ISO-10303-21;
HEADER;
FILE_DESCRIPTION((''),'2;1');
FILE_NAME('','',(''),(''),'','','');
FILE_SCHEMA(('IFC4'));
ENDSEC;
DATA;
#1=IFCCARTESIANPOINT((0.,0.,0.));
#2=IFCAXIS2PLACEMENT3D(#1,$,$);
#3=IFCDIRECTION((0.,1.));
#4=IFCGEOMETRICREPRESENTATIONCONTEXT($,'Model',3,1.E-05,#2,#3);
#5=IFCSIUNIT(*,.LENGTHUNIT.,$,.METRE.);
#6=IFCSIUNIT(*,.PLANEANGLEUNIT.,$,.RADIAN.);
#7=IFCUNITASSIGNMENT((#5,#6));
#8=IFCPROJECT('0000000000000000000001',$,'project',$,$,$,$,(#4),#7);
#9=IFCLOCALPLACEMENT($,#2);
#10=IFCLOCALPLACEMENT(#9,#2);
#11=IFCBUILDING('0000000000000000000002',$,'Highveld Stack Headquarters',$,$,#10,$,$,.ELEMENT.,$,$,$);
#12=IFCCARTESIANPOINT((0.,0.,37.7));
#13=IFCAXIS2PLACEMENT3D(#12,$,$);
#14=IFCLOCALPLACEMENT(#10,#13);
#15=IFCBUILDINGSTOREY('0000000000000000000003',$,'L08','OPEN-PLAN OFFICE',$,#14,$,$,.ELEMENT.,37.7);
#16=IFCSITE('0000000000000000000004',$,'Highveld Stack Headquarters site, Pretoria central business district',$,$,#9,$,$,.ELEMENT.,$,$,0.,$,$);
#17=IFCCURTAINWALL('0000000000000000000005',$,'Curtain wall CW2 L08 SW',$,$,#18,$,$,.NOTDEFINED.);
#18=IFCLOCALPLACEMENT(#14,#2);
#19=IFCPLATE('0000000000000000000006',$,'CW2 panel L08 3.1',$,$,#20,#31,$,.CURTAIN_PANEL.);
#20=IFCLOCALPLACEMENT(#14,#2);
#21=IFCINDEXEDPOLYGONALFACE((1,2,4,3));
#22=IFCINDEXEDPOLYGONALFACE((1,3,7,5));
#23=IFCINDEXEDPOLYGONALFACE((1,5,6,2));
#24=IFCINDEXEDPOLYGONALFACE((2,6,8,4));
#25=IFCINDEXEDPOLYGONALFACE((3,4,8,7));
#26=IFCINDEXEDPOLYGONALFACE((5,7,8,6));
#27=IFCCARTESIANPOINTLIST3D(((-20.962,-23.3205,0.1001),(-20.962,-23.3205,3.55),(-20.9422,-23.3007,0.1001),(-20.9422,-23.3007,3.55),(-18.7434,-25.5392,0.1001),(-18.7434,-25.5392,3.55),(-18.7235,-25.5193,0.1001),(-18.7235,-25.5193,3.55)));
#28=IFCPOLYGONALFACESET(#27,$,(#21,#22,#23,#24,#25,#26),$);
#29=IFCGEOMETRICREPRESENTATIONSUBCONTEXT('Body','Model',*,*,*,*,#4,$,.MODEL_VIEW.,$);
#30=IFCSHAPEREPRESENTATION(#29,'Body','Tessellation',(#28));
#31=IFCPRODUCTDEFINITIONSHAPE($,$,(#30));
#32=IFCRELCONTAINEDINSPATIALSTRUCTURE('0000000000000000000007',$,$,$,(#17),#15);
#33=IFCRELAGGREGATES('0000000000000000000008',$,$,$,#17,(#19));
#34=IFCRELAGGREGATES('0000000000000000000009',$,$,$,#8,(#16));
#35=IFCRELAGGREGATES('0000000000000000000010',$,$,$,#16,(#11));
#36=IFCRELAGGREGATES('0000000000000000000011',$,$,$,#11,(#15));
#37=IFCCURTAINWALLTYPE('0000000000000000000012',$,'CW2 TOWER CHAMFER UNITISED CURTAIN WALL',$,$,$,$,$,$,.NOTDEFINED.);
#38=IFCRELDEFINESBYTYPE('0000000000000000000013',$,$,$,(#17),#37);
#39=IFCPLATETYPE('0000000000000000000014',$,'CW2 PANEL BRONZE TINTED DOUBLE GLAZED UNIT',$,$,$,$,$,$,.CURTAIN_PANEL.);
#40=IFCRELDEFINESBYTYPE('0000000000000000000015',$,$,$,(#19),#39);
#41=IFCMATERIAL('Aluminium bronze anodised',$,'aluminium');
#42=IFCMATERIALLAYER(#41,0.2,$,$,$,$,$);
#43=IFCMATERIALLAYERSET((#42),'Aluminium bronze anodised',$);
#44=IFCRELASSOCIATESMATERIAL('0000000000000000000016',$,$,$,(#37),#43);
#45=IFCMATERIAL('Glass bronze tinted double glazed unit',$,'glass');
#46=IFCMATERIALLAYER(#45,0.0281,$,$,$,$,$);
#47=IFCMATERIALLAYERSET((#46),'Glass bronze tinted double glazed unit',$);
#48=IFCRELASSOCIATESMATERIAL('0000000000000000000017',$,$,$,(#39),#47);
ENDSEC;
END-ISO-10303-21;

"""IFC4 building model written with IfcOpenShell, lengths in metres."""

from ifc_helpers import new_model, si_unit, direction, frame, origin, origin_2d, place, context, subcontext, project, spatial, rectangle, extrude, material, layer, layer_set, type_object, element, aggregate, save


model = new_model("IFC4")

# Units and contexts
model_context = context("Model", 3, precision=1e-05, world=origin(), true_north=direction((0.0, 1.0)))
body_context = subcontext(model_context, "Body", "Model", "MODEL_VIEW")
ifc_project = project(units=[si_unit("LENGTHUNIT", "METRE"), si_unit("PLANEANGLEUNIT", "RADIAN")], contexts=[model_context])

# Site, building, storey
site_placement = place(None, origin())
site = spatial("IfcSite", under=ifc_project, at=site_placement, Name="Highveld Stack Headquarters site, Pretoria central business district", CompositionType="ELEMENT", RefElevation=0.0)
building_placement = place(site_placement, origin())
building = spatial("IfcBuilding", under=site, at=building_placement, Name="Highveld Stack Headquarters", CompositionType="ELEMENT")
storey_placement = place(building_placement, frame((0.0, 0.0, 37.7)))
storey = spatial("IfcBuildingStorey", under=building, at=storey_placement, Name="L08", Description="OPEN-PLAN OFFICE", CompositionType="ELEMENT", Elevation=37.7)

# Curtain wall
ifc_material_1 = material(Name="Aluminium bronze anodised", Category="aluminium")
ifc_layer_1 = layer(ifc_material_1, 0.2)
ifc_layer_set_1 = layer_set([ifc_layer_1], Name="Aluminium bronze anodised")
curtain_wall_type_1 = type_object("IfcCurtainWallType", Name="CW2 TOWER CHAMFER UNITISED CURTAIN WALL", PredefinedType="NOTDEFINED", material=ifc_layer_set_1)
curtain_wall_1_placement = place(storey_placement, origin())
curtain_wall_1 = element("IfcCurtainWall", 1, at=curtain_wall_1_placement, inside=storey, type_object=curtain_wall_type_1, Name="Curtain wall CW2 L08 SW", PredefinedType="NOTDEFINED")

# Plate
ifc_material_2 = material(Name="Glass bronze tinted double glazed unit", Category="glass")
ifc_layer_2 = layer(ifc_material_2, 0.0281)
ifc_layer_set_2 = layer_set([ifc_layer_2], Name="Glass bronze tinted double glazed unit")
plate_type_1 = type_object("IfcPlateType", Name="CW2 PANEL BRONZE TINTED DOUBLE GLAZED UNIT", PredefinedType="CURTAIN_PANEL", material=ifc_layer_set_2)
plate_1_placement = place(storey_placement, frame((-19.8428, -24.4199, 0.1001), z_axis=(0.0, 0.0, 1.0), x_axis=(0.707107, -0.707107, 0.0)))
plate_1 = element("IfcPlate", 2, at=plate_1_placement, type_object=plate_type_1, Name="CW2 panel L08 3.1", PredefinedType="CURTAIN_PANEL", context=body_context, shape_type="SweptSolid", body=[
    extrude(rectangle(XDim=3.1377, YDim=0.0281, at=origin_2d()), origin(), (0.0, 0.0, 1.0), 3.45),
])
aggregate(curtain_wall_1, [plate_1])

save(model, "model.ifc")
